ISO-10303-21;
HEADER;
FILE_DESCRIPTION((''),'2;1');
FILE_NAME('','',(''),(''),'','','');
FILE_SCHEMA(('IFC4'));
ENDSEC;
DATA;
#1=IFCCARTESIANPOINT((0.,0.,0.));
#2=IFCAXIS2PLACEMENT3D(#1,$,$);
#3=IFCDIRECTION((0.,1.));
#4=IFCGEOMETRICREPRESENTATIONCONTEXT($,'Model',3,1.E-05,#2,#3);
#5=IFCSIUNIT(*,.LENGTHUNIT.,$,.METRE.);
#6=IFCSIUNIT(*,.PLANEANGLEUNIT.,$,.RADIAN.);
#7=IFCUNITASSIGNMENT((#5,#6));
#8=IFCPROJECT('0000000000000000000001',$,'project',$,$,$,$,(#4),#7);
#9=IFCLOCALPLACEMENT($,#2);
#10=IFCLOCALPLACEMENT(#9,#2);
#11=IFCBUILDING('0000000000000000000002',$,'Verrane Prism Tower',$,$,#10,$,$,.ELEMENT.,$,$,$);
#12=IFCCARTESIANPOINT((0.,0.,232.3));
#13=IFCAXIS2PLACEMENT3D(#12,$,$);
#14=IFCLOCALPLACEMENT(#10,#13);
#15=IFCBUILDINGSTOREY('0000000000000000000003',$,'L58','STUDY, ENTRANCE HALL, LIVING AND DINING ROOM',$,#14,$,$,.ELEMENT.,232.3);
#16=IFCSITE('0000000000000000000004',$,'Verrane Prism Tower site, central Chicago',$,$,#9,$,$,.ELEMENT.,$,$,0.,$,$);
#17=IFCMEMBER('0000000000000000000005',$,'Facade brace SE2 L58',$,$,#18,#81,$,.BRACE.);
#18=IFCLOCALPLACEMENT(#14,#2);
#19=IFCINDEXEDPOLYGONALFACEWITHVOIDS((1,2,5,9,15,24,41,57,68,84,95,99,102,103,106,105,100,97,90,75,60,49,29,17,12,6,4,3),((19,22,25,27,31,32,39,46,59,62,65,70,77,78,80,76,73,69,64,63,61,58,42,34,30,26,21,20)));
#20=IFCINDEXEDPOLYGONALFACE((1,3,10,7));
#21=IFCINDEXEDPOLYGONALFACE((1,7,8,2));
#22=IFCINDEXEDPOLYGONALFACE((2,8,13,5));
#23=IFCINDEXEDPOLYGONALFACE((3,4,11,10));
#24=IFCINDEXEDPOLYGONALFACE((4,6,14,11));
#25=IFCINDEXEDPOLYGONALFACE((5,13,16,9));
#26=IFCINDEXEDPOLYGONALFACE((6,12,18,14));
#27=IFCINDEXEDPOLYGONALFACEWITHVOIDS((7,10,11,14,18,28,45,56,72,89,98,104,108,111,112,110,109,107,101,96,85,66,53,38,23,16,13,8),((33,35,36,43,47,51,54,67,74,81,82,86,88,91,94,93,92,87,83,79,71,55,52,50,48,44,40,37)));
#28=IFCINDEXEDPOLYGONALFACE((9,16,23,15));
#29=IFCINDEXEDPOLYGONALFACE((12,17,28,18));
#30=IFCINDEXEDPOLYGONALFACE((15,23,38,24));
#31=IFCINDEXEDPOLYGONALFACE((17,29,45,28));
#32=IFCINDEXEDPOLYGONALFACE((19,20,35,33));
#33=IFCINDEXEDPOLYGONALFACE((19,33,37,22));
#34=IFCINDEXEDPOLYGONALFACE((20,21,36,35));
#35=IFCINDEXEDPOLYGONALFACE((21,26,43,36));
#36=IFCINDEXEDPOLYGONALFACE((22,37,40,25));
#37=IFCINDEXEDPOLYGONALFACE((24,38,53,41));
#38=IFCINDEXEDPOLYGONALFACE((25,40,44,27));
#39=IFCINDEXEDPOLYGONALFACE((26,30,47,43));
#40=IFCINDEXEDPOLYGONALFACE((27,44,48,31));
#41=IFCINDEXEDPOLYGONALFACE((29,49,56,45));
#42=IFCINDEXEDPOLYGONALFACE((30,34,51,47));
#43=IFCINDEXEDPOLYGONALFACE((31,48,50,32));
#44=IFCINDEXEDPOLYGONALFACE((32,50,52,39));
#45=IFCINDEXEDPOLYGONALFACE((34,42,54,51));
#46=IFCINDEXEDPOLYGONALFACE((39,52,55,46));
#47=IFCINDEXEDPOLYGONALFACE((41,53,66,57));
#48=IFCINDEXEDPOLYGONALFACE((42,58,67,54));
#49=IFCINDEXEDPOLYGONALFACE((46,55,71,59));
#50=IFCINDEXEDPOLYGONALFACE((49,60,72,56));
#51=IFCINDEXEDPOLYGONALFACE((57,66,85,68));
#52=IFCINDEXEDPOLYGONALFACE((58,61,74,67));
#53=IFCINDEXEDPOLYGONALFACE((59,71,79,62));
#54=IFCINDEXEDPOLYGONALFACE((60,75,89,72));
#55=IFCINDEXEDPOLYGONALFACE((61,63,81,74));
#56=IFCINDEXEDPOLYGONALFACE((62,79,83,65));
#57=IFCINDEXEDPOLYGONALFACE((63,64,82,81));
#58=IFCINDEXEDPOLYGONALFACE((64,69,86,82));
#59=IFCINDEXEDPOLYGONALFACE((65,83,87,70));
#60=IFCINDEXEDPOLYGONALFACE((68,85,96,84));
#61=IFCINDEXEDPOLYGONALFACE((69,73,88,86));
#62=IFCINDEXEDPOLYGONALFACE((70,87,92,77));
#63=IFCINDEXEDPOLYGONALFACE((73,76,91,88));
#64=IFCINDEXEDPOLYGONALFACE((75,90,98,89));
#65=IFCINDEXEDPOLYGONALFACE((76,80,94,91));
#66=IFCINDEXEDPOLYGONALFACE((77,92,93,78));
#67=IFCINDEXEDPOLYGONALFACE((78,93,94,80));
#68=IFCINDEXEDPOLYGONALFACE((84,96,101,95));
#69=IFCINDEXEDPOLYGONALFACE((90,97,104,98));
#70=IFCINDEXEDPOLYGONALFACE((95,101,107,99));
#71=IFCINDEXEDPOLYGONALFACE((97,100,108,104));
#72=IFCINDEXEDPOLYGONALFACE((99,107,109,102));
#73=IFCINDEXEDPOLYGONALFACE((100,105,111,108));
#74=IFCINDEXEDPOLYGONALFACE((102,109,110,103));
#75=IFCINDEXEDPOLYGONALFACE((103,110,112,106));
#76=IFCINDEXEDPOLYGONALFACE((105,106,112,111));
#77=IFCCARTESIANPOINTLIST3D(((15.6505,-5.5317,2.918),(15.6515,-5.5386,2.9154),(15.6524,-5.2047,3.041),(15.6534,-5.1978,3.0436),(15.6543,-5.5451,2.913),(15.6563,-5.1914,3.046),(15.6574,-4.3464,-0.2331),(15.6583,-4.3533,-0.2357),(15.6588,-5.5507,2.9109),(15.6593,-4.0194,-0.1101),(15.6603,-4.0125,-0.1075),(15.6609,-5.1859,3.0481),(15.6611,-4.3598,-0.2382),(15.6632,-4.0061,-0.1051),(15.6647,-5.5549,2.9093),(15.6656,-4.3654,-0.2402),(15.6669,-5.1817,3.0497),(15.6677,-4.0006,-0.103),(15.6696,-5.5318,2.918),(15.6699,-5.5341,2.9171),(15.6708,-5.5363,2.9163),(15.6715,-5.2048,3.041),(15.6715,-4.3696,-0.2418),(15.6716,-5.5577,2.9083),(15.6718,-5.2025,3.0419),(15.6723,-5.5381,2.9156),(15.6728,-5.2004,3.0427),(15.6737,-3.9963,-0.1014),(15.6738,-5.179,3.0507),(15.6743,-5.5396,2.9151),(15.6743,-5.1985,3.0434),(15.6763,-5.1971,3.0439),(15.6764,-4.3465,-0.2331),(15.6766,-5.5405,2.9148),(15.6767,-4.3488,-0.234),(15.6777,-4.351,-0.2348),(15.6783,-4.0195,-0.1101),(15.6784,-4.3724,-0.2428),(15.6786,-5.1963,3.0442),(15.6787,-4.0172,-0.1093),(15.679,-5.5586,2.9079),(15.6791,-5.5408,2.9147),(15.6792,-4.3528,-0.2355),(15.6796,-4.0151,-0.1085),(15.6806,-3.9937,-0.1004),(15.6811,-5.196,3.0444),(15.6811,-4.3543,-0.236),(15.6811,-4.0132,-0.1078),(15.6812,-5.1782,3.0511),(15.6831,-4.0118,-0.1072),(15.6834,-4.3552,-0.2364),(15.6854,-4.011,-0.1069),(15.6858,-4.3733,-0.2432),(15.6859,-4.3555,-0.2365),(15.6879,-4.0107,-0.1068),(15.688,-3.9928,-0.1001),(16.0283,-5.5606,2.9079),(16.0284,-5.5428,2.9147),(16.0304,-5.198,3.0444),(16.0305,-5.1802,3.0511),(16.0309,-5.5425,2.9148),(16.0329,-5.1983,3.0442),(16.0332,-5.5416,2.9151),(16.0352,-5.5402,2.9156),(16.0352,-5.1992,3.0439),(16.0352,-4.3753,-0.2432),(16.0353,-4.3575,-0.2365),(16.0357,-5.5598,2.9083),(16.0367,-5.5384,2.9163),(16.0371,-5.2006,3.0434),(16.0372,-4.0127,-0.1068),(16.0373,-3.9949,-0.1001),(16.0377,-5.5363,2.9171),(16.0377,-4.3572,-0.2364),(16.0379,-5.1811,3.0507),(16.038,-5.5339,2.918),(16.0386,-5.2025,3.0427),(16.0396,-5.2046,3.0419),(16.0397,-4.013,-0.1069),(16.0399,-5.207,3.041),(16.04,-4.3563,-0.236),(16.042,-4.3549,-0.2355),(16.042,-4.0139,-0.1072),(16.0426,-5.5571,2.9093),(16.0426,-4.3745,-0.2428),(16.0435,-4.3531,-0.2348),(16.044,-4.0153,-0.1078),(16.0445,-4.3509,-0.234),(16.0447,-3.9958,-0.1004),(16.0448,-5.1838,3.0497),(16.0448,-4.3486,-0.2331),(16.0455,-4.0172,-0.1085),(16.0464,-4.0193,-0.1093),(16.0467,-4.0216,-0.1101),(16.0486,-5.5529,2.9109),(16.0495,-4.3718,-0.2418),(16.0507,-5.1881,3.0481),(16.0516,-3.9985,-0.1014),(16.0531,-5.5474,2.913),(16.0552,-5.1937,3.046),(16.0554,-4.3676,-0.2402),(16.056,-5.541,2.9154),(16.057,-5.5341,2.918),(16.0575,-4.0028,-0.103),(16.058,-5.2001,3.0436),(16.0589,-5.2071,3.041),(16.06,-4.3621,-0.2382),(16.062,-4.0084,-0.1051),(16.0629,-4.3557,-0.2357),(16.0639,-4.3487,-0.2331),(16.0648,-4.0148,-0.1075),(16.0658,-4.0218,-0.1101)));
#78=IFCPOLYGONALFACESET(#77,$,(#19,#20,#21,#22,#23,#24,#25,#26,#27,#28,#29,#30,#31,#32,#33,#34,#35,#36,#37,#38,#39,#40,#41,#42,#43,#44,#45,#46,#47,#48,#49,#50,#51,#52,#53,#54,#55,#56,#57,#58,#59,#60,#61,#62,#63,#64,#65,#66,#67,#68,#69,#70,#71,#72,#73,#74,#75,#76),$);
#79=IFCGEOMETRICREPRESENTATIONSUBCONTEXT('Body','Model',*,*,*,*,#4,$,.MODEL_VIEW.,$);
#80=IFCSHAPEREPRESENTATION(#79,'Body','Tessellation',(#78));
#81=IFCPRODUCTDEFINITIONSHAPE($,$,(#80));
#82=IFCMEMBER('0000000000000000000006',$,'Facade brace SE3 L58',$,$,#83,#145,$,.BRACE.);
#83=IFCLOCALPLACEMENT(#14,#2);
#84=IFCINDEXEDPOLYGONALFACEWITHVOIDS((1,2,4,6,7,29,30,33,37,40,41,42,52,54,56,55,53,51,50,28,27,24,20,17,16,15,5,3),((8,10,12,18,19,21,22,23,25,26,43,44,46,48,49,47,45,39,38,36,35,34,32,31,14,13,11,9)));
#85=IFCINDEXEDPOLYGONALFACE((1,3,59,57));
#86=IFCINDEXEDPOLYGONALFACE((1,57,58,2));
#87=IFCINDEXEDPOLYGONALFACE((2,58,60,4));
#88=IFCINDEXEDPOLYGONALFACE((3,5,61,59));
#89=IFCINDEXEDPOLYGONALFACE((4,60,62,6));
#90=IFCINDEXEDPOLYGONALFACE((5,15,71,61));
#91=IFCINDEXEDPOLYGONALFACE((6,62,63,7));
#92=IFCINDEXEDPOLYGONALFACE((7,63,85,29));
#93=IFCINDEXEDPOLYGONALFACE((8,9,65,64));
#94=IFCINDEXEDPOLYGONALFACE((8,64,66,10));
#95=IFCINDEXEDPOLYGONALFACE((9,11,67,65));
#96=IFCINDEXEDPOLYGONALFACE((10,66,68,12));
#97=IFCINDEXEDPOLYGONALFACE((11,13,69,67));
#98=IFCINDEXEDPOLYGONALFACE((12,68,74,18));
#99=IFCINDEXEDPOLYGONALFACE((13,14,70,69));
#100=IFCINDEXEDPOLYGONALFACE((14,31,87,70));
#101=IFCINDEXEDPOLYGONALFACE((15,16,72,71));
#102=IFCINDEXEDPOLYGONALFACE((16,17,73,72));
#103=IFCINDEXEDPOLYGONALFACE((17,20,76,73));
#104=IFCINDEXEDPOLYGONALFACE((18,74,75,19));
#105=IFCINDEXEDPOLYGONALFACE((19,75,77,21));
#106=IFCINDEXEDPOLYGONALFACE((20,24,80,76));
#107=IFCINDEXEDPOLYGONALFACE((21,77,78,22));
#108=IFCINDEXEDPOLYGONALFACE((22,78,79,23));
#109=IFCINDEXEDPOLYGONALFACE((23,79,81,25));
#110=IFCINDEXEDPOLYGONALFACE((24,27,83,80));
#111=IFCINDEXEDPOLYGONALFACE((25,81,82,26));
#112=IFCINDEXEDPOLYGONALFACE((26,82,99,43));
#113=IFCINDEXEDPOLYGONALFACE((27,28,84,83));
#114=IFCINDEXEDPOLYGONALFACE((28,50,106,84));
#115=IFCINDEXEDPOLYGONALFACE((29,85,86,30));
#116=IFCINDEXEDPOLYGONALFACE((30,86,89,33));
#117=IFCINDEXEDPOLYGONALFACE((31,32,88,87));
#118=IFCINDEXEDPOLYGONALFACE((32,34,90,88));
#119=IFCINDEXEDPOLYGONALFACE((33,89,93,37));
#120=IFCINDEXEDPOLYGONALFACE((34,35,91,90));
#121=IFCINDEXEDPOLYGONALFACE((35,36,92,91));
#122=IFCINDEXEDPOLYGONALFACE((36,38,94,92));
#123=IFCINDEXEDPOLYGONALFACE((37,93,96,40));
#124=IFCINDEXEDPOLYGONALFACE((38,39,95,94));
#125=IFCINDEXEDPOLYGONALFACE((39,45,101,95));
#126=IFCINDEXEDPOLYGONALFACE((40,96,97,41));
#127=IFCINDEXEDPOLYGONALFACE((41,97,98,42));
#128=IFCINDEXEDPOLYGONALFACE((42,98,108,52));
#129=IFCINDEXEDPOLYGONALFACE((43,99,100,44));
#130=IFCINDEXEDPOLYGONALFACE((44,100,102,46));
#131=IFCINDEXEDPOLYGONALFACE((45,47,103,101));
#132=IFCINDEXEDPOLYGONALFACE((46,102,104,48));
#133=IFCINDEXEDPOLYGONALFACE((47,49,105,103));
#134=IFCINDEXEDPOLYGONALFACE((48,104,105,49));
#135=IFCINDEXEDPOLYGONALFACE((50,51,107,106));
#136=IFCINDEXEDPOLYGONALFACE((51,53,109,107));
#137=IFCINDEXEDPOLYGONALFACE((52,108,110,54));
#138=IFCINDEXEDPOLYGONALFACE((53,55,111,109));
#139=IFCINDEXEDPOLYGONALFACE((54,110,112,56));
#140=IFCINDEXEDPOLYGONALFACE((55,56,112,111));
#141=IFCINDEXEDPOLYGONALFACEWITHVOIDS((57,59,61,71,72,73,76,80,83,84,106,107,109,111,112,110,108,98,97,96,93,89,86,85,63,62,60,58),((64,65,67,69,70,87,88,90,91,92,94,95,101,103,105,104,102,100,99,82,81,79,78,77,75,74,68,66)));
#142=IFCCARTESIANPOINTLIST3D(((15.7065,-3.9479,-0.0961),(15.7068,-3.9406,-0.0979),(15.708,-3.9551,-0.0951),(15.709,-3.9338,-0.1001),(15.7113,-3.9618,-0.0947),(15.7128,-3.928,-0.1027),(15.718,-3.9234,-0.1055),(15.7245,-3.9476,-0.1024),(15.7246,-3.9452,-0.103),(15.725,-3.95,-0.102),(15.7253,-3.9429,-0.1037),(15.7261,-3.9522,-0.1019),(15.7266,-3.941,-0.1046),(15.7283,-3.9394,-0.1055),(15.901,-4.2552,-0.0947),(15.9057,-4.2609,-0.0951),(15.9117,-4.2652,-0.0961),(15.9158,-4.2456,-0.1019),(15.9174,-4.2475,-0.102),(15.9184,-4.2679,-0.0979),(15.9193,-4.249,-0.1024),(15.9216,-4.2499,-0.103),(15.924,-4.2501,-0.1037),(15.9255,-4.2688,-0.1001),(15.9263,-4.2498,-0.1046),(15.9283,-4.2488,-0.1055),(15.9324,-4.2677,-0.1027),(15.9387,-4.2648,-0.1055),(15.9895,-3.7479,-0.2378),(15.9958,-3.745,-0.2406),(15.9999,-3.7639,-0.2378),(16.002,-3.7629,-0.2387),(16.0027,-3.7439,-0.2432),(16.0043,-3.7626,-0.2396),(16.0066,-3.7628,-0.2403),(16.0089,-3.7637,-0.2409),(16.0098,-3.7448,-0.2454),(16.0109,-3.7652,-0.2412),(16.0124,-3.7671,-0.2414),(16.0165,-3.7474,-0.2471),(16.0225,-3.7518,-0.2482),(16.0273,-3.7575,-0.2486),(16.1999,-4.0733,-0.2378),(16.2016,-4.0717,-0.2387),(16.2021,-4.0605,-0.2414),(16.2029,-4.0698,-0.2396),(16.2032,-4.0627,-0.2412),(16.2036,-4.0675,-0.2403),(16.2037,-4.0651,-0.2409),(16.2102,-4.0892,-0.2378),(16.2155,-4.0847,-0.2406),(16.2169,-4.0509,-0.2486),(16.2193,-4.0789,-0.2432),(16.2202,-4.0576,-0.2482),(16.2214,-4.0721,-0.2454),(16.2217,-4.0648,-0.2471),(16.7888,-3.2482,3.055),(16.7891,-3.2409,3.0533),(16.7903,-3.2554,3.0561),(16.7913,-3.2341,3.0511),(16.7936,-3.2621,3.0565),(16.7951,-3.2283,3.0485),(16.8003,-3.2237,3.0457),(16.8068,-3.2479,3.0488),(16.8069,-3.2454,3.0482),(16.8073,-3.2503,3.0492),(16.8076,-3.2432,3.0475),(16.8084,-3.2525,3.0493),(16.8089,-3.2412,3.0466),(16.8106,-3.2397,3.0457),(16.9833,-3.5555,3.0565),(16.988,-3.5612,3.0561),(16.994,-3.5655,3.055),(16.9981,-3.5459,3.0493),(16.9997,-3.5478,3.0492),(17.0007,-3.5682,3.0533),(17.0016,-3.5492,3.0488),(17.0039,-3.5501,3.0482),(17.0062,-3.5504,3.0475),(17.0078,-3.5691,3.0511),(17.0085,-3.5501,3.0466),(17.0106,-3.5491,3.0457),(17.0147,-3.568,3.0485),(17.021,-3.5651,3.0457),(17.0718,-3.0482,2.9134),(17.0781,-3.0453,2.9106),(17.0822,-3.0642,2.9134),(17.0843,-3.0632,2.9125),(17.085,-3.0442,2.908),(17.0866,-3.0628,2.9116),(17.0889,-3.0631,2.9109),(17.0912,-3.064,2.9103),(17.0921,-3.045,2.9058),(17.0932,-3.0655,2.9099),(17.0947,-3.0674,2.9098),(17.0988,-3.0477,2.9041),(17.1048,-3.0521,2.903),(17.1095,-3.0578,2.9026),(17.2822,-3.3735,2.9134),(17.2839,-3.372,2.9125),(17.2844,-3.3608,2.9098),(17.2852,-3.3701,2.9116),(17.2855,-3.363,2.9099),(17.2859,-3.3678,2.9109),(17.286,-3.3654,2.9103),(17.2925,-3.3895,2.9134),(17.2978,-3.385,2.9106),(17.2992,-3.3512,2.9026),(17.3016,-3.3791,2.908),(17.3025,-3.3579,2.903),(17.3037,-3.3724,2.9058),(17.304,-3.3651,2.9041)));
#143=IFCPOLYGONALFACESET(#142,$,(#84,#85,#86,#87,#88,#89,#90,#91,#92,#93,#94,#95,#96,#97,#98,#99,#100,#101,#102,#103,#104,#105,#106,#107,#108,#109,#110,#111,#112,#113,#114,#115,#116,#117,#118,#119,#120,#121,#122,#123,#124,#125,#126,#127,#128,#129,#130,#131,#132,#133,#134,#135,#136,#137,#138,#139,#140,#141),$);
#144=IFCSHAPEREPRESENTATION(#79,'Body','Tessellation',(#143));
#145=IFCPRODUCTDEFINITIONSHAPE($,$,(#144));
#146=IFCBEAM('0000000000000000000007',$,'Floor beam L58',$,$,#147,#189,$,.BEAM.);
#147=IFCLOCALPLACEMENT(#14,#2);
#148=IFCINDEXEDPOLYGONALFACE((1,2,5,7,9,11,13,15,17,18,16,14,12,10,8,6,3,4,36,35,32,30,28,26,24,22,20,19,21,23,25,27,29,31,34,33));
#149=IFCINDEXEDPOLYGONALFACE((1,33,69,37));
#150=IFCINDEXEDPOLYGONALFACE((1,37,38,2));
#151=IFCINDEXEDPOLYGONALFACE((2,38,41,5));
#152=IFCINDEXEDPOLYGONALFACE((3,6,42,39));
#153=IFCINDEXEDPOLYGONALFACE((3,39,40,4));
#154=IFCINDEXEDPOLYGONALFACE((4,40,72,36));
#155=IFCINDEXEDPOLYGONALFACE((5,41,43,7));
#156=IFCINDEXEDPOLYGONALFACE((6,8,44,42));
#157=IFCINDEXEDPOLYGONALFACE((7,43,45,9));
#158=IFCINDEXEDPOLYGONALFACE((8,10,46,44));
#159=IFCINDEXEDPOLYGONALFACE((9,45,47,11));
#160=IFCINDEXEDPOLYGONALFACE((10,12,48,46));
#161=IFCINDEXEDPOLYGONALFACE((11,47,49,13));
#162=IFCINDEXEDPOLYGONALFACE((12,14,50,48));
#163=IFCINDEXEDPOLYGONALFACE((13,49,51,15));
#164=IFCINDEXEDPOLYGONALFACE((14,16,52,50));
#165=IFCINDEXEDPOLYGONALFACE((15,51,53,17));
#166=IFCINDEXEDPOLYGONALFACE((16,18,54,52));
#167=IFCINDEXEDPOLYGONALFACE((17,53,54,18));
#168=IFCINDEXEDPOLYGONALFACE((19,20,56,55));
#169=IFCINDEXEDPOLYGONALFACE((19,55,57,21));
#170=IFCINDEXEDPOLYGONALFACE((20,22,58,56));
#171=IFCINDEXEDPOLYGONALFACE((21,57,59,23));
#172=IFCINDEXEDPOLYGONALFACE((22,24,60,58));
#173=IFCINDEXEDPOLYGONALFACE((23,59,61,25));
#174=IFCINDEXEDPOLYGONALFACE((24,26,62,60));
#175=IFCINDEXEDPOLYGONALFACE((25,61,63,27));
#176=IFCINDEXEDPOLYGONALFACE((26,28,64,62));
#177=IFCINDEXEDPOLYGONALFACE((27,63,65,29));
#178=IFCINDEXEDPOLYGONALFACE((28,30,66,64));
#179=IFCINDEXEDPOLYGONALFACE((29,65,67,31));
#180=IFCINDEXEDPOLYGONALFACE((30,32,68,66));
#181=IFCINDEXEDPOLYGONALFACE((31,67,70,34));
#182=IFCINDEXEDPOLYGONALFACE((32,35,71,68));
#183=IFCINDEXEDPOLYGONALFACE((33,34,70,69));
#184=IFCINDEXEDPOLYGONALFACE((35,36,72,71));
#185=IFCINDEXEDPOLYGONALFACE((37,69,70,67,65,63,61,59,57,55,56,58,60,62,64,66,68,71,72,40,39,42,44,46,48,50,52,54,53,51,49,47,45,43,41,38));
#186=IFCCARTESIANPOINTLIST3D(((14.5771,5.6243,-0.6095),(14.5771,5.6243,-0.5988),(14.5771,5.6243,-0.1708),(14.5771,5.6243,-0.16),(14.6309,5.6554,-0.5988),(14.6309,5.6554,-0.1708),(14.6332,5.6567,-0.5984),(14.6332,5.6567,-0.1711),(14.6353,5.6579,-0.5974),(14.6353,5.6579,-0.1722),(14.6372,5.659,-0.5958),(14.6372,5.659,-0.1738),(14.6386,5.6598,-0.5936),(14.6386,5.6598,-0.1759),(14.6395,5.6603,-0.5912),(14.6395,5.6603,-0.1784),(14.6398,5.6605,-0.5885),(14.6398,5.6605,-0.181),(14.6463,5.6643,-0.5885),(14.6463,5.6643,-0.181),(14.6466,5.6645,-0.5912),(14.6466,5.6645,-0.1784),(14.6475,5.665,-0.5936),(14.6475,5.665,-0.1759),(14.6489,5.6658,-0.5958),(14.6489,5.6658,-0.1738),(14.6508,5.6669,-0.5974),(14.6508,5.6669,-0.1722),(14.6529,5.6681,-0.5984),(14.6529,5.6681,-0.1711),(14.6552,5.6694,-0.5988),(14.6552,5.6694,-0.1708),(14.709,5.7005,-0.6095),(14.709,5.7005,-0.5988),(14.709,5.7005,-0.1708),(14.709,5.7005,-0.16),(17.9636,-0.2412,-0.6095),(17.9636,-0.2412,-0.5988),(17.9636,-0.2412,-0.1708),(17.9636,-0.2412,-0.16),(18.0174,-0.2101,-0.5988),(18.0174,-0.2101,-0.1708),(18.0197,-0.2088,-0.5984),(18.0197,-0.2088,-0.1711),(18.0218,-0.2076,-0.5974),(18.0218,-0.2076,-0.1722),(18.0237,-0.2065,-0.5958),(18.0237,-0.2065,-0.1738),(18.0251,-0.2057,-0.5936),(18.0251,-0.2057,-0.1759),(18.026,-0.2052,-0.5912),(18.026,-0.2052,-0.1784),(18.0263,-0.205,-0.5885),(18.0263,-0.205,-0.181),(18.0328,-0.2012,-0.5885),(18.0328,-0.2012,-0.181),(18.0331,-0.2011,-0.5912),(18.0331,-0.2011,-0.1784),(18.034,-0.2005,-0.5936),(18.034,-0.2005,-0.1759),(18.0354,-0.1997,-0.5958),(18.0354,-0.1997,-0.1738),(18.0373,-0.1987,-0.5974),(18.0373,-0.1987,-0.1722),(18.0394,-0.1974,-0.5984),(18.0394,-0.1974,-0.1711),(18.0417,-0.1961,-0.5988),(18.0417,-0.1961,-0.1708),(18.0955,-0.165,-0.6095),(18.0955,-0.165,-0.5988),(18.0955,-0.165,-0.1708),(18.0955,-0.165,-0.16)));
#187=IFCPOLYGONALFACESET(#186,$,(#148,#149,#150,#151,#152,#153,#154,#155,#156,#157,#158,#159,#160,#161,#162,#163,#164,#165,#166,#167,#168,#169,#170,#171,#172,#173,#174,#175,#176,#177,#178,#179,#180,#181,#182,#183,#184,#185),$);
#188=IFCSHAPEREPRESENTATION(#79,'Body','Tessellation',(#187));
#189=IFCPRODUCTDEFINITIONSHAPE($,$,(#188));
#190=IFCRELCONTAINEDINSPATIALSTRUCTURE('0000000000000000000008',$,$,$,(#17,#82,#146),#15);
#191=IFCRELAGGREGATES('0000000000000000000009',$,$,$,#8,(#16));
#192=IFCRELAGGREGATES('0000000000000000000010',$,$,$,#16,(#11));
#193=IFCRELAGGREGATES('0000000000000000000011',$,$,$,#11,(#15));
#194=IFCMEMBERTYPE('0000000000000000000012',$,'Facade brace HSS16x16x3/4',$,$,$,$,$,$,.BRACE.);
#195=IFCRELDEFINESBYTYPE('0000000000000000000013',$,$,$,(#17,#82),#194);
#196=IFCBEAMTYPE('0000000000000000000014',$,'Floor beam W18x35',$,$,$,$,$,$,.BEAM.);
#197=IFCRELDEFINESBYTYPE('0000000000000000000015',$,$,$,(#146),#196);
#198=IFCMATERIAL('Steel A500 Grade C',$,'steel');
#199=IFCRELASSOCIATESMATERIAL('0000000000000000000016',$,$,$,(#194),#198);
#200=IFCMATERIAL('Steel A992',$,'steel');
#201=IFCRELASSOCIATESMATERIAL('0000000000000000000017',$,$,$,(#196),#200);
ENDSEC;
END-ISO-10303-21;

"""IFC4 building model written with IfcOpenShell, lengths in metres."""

from ifc_helpers import new_model, si_unit, direction, frame, origin, origin_2d, place, context, subcontext, project, spatial, hollow_rectangle, i_section, extrude, material, material_profile, profile_set, type_object, element, save


model = new_model("IFC4")

# Units and contexts
model_context = context("Model", 3, precision=1e-05, world=origin(), true_north=direction((0.0, 1.0)))
body_context = subcontext(model_context, "Body", "Model", "MODEL_VIEW")
ifc_project = project(units=[si_unit("LENGTHUNIT", "METRE"), si_unit("PLANEANGLEUNIT", "RADIAN")], contexts=[model_context])

# Site, building, storey
site_placement = place(None, origin())
site = spatial("IfcSite", under=ifc_project, at=site_placement, Name="Verrane Prism Tower site, central Chicago", CompositionType="ELEMENT", RefElevation=0.0)
building_placement = place(site_placement, origin())
building = spatial("IfcBuilding", under=site, at=building_placement, Name="Verrane Prism Tower", CompositionType="ELEMENT")
storey_placement = place(building_placement, frame((0.0, 0.0, 232.3)))
storey = spatial("IfcBuildingStorey", under=building, at=storey_placement, Name="L58", Description="STUDY, ENTRANCE HALL, LIVING AND DINING ROOM", CompositionType="ELEMENT", Elevation=232.3)

# Members
ifc_material_1 = material(Name="Steel A500 Grade C", Category="steel")
ifc_material_profile_1 = material_profile(ifc_material_1, hollow_rectangle(XDim=0.4065, YDim=0.4065, WallThickness=0.019, InnerFilletRadius=0.0095, OuterFilletRadius=0.0286, at=origin_2d()), Name="HSS16x16x3/4")
ifc_profile_set_1 = profile_set([ifc_material_profile_1], Name="Steel A500 Grade C")
member_type_1 = type_object("IfcMemberType", Name="Facade brace HSS16x16x3/4", PredefinedType="BRACE", material=ifc_profile_set_1)
member_1_placement = place(storey_placement, frame((15.8616, -4.1841, -0.1716), z_axis=(-0.00203, -0.352068, 0.935972), x_axis=(0.999983, -0.005767, 0.0)))
element("IfcMember", 1, at=member_1_placement, inside=storey, type_object=member_type_1, Name="Facade brace SE2 L58", PredefinedType="BRACE", context=body_context, shape_type="SweptSolid", body=[
    extrude(hollow_rectangle(XDim=0.4065, YDim=0.4065, WallThickness=0.019, InnerFilletRadius=0.0095, OuterFilletRadius=0.0286, at=origin_2d()), origin(), (0.0, 0.0, 1.0), 3.3667),
])
member_2_placement = place(storey_placement, frame((15.9641, -4.0063, -0.1716), z_axis=(0.317897, 0.205525, 0.925581), x_axis=(-0.542929, 0.839778, 0.0)))
element("IfcMember", 2, at=member_2_placement, inside=storey, type_object=member_type_1, Name="Facade brace SE3 L58", PredefinedType="BRACE", context=body_context, shape_type="SweptSolid", body=[
    extrude(hollow_rectangle(XDim=0.4065, YDim=0.4065, WallThickness=0.019, InnerFilletRadius=0.0095, OuterFilletRadius=0.0286, at=origin_2d()), origin(), (0.0, 0.0, 1.0), 3.4045),
])

# Beam
ifc_material_2 = material(Name="Steel A992", Category="steel")
ifc_material_profile_2 = material_profile(ifc_material_2, i_section(OverallWidth=0.1523, OverallDepth=0.4495, WebThickness=0.0076, FlangeThickness=0.0107, FilletRadius=0.0103, at=origin_2d()), Name="W18x35")
ifc_profile_set_2 = profile_set([ifc_material_profile_2], Name="Steel A992")
beam_type_1 = type_object("IfcBeamType", Name="Floor beam W18x35", PredefinedType="BEAM", material=ifc_profile_set_2)
beam_1_placement = place(storey_placement, frame((18.0295, -0.2031, -0.3848), z_axis=(-0.500004, 0.866023, 0.0), x_axis=(-0.866023, -0.500004, 0.0)))
element("IfcBeam", 3, at=beam_1_placement, inside=storey, type_object=beam_type_1, Name="Floor beam L58", PredefinedType="BEAM", context=body_context, shape_type="SweptSolid", body=[
    extrude(i_section(OverallWidth=0.1523, OverallDepth=0.4495, WebThickness=0.0076, FlangeThickness=0.0107, FilletRadius=0.0103, at=origin_2d()), origin(), (0.0, 0.0, 1.0), 6.7729),
])

save(model, "model.ifc")
